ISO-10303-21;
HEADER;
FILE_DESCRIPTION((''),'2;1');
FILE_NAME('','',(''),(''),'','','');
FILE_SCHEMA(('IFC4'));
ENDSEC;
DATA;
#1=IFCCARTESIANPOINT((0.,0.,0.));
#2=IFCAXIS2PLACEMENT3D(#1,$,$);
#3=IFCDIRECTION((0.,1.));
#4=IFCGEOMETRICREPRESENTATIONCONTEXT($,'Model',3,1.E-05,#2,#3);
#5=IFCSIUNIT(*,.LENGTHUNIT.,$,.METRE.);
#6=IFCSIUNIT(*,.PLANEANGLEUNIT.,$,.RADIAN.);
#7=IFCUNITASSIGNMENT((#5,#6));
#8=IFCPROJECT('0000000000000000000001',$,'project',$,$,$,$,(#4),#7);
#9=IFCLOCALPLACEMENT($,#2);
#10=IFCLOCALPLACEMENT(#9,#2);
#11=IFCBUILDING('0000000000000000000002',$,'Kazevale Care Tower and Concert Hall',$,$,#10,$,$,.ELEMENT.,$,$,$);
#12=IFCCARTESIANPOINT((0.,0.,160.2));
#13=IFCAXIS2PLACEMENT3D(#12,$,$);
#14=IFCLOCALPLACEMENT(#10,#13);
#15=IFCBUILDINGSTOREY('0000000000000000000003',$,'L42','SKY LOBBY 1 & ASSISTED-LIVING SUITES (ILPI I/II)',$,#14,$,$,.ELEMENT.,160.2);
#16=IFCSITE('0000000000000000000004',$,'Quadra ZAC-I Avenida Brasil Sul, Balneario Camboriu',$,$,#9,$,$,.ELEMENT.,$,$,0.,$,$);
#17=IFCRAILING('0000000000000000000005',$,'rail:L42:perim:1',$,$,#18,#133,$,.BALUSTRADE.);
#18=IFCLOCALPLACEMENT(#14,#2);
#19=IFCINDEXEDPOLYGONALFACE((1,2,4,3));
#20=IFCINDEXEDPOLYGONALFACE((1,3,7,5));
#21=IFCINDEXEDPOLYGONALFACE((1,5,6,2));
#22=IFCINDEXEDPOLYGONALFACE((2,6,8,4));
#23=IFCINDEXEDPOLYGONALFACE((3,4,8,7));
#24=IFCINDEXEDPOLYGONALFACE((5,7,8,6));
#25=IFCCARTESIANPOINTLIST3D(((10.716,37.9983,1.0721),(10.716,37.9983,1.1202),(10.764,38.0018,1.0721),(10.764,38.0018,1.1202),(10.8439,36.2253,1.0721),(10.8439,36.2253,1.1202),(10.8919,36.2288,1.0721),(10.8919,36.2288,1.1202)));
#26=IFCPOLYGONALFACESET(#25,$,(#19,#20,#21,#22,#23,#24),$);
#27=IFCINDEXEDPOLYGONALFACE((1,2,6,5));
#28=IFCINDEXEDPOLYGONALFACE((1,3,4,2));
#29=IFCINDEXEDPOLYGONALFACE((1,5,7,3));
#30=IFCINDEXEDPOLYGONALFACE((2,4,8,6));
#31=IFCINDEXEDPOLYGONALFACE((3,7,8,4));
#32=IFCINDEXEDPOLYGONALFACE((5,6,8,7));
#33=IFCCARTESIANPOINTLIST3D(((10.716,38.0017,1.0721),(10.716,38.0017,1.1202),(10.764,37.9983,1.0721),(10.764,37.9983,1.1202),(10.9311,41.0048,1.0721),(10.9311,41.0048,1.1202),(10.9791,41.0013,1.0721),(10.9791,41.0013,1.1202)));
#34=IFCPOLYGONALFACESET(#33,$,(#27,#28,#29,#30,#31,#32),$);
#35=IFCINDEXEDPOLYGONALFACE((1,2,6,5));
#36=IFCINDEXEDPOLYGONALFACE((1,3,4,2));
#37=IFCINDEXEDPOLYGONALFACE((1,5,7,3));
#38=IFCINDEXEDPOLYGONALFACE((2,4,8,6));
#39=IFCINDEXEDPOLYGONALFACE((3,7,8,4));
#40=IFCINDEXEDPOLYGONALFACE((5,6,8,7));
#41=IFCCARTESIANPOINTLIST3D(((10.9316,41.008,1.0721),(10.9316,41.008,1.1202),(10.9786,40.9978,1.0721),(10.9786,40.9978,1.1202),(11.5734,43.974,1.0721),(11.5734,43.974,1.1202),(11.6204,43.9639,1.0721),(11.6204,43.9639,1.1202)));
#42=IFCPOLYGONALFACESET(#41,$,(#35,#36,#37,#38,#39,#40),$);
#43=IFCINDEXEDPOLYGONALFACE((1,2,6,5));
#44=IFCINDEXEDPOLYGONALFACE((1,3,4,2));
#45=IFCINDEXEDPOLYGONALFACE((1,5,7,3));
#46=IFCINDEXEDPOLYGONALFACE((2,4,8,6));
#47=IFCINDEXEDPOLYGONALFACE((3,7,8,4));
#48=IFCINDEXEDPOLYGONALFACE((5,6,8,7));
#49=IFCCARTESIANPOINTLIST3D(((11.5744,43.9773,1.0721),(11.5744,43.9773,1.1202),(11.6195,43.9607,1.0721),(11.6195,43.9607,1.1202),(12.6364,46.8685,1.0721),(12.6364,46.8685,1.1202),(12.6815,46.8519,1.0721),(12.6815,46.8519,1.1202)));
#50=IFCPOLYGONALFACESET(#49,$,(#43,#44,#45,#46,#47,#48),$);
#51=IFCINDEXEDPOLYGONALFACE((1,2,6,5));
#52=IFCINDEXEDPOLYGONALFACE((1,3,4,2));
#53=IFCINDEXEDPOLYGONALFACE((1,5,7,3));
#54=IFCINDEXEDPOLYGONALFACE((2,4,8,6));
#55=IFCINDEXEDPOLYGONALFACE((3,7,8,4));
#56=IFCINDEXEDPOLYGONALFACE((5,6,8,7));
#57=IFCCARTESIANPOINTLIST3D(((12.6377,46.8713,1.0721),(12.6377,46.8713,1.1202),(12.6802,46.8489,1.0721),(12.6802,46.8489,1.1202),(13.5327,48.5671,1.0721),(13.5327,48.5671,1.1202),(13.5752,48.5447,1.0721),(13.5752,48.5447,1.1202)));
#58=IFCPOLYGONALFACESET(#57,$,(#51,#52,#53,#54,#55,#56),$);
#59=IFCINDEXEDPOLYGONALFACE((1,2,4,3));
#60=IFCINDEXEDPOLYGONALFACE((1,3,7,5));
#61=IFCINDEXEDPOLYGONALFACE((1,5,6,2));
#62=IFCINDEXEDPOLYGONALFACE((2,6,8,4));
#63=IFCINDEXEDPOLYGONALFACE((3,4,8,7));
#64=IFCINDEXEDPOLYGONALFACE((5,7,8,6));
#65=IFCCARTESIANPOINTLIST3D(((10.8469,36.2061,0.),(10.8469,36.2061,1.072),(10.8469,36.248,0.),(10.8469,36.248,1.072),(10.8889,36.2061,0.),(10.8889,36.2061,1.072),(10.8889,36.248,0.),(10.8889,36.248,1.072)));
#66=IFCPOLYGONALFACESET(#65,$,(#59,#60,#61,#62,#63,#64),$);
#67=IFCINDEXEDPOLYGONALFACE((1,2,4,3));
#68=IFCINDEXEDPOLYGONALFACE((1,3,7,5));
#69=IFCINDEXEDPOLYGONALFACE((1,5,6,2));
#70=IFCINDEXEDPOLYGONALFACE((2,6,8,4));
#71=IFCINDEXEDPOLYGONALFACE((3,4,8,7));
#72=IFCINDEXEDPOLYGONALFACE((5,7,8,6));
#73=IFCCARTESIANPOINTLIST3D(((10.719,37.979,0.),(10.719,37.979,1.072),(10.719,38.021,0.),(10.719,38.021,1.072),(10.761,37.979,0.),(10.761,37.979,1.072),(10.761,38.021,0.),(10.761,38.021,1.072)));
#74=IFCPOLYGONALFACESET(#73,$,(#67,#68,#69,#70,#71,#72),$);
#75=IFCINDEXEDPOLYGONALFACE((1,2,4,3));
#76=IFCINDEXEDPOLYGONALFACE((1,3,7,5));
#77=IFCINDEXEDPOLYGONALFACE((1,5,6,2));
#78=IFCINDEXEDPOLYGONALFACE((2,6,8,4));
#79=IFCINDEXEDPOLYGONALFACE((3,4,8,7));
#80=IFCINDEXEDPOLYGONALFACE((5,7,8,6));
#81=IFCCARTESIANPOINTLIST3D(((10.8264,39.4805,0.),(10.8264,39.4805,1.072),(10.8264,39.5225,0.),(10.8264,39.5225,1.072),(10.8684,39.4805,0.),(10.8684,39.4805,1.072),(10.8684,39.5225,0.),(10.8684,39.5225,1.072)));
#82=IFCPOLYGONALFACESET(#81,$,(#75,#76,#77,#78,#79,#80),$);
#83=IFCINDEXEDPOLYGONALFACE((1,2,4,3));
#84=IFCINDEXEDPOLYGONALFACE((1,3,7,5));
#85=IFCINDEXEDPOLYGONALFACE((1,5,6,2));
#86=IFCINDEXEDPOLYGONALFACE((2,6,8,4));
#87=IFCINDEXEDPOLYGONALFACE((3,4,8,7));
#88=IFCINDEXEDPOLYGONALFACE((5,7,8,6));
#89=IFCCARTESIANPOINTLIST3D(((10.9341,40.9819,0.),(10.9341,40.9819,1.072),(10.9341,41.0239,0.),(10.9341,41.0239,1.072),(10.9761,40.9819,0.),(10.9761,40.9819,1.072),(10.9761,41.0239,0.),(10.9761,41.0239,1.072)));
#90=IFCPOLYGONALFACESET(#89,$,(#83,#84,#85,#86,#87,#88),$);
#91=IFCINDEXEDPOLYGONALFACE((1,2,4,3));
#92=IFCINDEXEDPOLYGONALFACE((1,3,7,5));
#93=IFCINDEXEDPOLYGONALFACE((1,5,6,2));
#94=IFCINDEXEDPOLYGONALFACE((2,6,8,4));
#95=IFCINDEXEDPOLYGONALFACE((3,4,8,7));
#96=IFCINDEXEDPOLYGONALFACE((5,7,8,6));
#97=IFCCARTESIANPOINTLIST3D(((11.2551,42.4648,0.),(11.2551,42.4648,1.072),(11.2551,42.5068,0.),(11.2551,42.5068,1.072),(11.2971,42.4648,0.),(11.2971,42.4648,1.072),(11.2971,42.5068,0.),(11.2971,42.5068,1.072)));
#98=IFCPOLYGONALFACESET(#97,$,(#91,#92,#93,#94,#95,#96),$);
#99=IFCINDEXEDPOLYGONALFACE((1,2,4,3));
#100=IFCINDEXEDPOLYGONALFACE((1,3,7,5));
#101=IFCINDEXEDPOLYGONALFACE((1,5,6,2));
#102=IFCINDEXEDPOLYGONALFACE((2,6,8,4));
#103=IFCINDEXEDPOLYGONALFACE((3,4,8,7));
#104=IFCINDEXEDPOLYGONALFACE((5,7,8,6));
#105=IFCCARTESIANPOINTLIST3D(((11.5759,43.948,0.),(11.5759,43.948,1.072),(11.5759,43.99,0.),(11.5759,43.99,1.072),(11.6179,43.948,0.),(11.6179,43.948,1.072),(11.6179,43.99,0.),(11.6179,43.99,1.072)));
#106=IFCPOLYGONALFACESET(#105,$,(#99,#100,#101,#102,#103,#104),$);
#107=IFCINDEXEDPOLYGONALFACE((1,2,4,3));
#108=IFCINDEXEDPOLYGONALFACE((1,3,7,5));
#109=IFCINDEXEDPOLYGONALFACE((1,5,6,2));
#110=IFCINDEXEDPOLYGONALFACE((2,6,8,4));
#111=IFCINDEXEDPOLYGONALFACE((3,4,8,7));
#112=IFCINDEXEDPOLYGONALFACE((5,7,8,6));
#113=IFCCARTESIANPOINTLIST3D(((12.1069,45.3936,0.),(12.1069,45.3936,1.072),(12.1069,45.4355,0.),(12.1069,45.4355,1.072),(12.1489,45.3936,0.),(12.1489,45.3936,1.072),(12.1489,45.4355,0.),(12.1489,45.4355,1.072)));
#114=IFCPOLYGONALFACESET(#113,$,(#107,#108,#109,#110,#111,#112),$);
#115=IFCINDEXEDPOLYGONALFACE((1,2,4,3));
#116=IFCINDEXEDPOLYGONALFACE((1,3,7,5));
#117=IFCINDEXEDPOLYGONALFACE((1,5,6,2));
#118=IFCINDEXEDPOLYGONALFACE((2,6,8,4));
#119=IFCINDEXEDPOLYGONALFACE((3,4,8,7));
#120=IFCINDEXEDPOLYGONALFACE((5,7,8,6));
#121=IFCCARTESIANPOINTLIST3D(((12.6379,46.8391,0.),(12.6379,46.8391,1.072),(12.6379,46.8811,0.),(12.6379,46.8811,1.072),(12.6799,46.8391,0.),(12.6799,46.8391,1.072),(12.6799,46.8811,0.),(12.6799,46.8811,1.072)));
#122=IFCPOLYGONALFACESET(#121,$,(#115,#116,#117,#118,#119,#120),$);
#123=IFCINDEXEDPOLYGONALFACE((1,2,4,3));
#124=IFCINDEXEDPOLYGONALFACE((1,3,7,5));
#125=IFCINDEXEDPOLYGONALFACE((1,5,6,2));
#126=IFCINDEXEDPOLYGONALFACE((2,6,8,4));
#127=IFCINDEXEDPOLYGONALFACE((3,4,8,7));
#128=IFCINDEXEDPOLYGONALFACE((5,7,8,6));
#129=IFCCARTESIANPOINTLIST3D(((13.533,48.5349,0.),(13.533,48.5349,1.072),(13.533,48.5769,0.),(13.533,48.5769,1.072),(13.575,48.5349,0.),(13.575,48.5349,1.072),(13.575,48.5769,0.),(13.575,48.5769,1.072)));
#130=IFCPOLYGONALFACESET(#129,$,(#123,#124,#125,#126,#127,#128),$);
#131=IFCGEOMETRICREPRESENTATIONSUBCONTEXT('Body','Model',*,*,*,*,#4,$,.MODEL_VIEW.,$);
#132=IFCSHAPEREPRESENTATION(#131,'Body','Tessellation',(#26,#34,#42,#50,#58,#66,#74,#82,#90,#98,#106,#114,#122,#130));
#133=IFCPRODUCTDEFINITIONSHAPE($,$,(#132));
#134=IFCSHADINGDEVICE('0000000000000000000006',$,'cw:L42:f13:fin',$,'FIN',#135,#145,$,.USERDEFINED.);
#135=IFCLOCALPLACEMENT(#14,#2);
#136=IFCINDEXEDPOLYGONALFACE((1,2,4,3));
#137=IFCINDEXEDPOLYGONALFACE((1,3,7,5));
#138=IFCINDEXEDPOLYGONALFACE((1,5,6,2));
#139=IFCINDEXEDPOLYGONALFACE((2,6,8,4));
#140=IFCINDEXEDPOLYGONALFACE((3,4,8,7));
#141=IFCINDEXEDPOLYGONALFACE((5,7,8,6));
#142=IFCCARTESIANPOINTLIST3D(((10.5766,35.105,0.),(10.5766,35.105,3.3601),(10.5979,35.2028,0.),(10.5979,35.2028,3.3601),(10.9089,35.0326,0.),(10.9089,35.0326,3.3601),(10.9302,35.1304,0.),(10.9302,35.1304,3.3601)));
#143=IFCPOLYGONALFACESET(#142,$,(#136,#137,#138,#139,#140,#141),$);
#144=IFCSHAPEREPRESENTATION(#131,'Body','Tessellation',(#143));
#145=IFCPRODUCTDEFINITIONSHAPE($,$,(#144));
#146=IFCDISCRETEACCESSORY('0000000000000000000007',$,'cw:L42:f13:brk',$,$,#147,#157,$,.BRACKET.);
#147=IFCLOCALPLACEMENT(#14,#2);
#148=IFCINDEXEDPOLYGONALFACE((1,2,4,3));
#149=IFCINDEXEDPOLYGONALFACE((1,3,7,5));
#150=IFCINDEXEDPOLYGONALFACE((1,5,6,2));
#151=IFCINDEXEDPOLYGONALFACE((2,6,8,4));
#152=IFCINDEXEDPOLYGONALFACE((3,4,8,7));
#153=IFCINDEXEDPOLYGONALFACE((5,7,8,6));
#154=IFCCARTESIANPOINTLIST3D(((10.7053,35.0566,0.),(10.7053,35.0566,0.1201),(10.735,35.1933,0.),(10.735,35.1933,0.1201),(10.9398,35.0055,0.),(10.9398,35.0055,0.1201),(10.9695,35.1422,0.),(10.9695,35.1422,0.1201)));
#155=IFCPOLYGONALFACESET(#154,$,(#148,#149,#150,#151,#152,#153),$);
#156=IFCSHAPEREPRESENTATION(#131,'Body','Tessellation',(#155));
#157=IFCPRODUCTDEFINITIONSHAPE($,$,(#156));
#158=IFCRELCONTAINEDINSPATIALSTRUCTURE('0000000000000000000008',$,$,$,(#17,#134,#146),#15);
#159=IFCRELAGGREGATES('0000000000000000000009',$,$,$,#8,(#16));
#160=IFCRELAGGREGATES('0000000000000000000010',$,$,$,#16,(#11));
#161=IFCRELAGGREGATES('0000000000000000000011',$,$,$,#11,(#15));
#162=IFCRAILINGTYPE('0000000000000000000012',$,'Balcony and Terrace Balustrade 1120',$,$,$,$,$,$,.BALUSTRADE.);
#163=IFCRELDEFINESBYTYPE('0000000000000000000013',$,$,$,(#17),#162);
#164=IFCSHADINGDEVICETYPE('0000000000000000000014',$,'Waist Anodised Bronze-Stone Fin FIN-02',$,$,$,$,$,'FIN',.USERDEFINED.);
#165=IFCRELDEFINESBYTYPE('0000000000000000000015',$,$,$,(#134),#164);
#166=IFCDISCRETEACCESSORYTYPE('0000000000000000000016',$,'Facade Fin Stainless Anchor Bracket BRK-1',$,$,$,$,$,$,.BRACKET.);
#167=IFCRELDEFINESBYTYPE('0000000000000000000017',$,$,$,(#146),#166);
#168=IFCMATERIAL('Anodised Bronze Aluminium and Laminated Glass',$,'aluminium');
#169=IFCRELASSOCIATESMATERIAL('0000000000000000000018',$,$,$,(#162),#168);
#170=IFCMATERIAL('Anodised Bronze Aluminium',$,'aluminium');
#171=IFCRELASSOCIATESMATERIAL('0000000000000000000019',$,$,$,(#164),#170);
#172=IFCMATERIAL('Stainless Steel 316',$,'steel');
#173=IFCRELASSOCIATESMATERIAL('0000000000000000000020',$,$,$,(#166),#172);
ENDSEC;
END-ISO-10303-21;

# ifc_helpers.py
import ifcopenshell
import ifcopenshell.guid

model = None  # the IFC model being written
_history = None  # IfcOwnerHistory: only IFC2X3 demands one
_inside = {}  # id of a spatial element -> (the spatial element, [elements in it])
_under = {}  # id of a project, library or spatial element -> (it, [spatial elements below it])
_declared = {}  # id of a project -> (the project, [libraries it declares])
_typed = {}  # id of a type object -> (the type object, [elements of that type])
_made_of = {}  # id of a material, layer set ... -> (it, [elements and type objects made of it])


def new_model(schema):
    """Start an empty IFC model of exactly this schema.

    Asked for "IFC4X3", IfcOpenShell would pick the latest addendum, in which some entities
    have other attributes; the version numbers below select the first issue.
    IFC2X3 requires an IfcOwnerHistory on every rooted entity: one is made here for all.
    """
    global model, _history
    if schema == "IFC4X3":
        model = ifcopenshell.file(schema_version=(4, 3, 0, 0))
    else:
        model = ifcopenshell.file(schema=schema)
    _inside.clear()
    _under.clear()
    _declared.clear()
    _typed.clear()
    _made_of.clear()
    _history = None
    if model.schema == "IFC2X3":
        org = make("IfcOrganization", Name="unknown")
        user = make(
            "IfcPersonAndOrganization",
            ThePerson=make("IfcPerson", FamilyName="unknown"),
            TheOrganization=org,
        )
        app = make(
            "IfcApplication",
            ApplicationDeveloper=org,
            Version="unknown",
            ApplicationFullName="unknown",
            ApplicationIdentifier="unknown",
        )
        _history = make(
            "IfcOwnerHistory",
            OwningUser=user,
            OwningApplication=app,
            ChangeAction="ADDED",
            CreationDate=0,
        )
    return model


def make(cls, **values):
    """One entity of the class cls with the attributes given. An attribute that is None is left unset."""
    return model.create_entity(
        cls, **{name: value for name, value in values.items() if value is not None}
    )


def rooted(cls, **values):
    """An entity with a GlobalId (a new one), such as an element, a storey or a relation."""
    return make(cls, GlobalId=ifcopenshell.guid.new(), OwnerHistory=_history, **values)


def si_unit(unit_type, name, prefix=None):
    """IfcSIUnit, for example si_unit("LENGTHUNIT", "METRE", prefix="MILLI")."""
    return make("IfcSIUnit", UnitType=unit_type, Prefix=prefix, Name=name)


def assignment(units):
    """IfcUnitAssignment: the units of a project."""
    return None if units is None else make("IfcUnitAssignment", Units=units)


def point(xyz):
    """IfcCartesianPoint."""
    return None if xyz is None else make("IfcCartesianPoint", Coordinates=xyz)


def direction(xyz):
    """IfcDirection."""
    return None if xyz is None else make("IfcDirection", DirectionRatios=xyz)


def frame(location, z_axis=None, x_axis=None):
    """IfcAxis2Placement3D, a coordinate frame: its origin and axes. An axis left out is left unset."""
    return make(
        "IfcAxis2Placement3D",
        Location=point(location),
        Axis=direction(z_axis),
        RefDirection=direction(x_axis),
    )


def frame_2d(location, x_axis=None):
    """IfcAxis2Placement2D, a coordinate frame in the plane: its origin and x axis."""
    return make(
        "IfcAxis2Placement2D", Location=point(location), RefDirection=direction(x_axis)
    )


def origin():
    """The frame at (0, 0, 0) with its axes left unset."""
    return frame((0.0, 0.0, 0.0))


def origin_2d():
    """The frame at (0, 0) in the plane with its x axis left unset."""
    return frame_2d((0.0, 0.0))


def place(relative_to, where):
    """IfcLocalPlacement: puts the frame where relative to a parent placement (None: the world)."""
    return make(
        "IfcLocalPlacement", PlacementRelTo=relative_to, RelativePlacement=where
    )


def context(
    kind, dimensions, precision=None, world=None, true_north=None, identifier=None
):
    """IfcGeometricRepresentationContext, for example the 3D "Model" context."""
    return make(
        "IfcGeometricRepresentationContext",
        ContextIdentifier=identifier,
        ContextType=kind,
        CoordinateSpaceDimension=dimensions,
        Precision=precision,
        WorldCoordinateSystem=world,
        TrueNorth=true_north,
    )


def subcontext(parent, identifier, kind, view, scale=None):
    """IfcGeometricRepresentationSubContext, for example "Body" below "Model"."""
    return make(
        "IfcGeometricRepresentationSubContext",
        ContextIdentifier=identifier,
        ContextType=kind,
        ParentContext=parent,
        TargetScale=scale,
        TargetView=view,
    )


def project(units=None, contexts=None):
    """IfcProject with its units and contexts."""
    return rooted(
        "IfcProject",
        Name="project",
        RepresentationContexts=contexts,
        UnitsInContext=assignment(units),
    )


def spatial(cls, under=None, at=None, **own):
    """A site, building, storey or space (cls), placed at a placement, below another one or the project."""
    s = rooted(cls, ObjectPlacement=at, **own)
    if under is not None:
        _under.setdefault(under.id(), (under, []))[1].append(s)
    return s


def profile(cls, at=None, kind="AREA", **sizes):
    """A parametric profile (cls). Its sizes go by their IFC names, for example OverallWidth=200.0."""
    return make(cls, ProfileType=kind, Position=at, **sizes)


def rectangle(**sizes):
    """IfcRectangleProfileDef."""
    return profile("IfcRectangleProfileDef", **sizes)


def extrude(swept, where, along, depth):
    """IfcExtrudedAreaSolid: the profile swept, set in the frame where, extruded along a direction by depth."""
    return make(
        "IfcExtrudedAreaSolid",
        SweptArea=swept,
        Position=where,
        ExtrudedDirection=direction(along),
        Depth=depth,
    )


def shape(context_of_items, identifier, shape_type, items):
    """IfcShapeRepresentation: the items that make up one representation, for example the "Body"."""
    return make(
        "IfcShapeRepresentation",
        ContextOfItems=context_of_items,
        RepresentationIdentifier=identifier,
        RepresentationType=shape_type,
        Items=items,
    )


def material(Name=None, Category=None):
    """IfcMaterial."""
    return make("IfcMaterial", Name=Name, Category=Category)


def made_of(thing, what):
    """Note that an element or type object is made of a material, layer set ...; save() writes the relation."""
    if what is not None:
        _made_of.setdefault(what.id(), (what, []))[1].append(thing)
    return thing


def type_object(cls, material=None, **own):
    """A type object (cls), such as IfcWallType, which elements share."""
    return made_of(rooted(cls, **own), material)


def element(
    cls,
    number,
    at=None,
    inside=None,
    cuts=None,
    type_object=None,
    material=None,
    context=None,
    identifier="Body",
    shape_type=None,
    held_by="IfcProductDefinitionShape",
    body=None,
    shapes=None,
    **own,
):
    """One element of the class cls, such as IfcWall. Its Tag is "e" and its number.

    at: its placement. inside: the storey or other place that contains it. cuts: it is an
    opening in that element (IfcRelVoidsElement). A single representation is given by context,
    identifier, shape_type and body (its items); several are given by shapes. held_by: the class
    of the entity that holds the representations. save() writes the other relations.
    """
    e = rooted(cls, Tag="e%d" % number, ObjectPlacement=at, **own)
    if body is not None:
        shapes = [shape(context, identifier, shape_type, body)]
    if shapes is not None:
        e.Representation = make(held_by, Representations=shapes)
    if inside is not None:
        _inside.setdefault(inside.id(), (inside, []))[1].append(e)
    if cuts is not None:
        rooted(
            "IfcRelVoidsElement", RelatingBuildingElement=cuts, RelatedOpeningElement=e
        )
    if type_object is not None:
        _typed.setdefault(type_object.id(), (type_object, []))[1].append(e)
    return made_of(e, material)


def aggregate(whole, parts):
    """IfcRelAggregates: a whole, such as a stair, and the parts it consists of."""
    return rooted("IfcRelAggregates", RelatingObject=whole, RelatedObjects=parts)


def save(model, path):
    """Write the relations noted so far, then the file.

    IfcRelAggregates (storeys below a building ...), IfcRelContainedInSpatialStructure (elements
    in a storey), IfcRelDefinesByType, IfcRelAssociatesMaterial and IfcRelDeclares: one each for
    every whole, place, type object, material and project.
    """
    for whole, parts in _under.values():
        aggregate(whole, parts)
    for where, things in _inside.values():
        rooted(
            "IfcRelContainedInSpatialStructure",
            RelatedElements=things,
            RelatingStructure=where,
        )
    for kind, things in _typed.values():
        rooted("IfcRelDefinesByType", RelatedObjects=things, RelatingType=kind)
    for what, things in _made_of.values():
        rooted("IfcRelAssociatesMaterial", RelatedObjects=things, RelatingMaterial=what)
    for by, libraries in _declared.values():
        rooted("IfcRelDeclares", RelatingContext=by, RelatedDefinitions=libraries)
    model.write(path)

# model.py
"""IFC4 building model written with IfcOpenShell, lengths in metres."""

from ifc_helpers import new_model, si_unit, direction, frame, origin, origin_2d, place, context, subcontext, project, spatial, rectangle, extrude, material, type_object, element, save


model = new_model("IFC4")

# Units and contexts
model_context = context("Model", 3, precision=1e-05, world=origin(), true_north=direction((0.0, 1.0)))
body_context = subcontext(model_context, "Body", "Model", "MODEL_VIEW")
ifc_project = project(units=[si_unit("LENGTHUNIT", "METRE"), si_unit("PLANEANGLEUNIT", "RADIAN")], contexts=[model_context])

# Site, building, storey
site_placement = place(None, origin())
site = spatial("IfcSite", under=ifc_project, at=site_placement, Name="Quadra ZAC-I Avenida Brasil Sul, Balneario Camboriu", CompositionType="ELEMENT", RefElevation=0.0)
building_placement = place(site_placement, origin())
building = spatial("IfcBuilding", under=site, at=building_placement, Name="Kazevale Care Tower and Concert Hall", CompositionType="ELEMENT")
storey_placement = place(building_placement, frame((0.0, 0.0, 160.2)))
storey = spatial("IfcBuildingStorey", under=building, at=storey_placement, Name="L42", Description="SKY LOBBY 1 & ASSISTED-LIVING SUITES (ILPI I/II)", CompositionType="ELEMENT", Elevation=160.2)

# Shared definitions
ifc_material_1 = material(Name="Stainless Steel 316", Category="steel")

# Railing
ifc_material_2 = material(Name="Anodised Bronze Aluminium and Laminated Glass", Category="aluminium")
railing_type = type_object("IfcRailingType", Name="Balcony and Terrace Balustrade 1120", PredefinedType="BALUSTRADE", material=ifc_material_2)
railing_placement = place(storey_placement, frame((10.8679, 36.2271, 0.0)))
element("IfcRailing", 1, at=railing_placement, inside=storey, type_object=railing_type, Name="rail:L42:perim:1", PredefinedType="BALUSTRADE", context=body_context, shape_type="SweptSolid", body=[
    extrude(rectangle(XDim=0.0481, YDim=0.0481, at=origin_2d()), frame((0.0, 0.0, 1.0962), z_axis=(-0.071969, 0.997407, 0.0), x_axis=(-0.997407, -0.071969, 0.0)), (0.0, 0.0, 1.0), 1.7776),
    extrude(rectangle(XDim=0.0481, YDim=0.0481, at=origin_2d()), frame((-0.1279, 1.7729, 1.0962), z_axis=(0.071443, 0.997445, 0.0), x_axis=(-0.997445, 0.071443, 0.0)), (0.0, 0.0, 1.0), 3.0107),
    extrude(rectangle(XDim=0.0481, YDim=0.0481, at=origin_2d()), frame((0.0872, 4.7759, 1.0962), z_axis=(0.211501, 0.977378, 0.0), x_axis=(-0.977378, 0.211501, 0.0)), (0.0, 0.0, 1.0), 3.0347),
    extrude(rectangle(XDim=0.0481, YDim=0.0481, at=origin_2d()), frame((0.729, 7.7419, 1.0962), z_axis=(0.344809, 0.938673, 0.0), x_axis=(-0.938673, 0.344809, 0.0)), (0.0, 0.0, 1.0), 3.0801),
    extrude(rectangle(XDim=0.0481, YDim=0.0481, at=origin_2d()), frame((1.791, 10.6331, 1.0962), z_axis=(0.466764, 0.884382, 0.0), x_axis=(-0.884382, 0.466764, 0.0)), (0.0, 0.0, 1.0), 1.9175),
    extrude(rectangle(XDim=0.042, YDim=0.042, at=origin_2d()), origin(), (0.0, 0.0, 1.0), 1.072),
    extrude(rectangle(XDim=0.042, YDim=0.042, at=origin_2d()), frame((-0.1279, 1.7729, 0.0)), (0.0, 0.0, 1.0), 1.072),
    extrude(rectangle(XDim=0.042, YDim=0.042, at=origin_2d()), frame((-0.0205, 3.2744, 0.0)), (0.0, 0.0, 1.0), 1.072),
    extrude(rectangle(XDim=0.042, YDim=0.042, at=origin_2d()), frame((0.0872, 4.7759, 0.0)), (0.0, 0.0, 1.0), 1.072),
    extrude(rectangle(XDim=0.042, YDim=0.042, at=origin_2d()), frame((0.4082, 6.2588, 0.0)), (0.0, 0.0, 1.0), 1.072),
    extrude(rectangle(XDim=0.042, YDim=0.042, at=origin_2d()), frame((0.729, 7.7419, 0.0)), (0.0, 0.0, 1.0), 1.072),
    extrude(rectangle(XDim=0.042, YDim=0.042, at=origin_2d()), frame((1.26, 9.1875, 0.0)), (0.0, 0.0, 1.0), 1.072),
    extrude(rectangle(XDim=0.042, YDim=0.042, at=origin_2d()), frame((1.791, 10.6331, 0.0)), (0.0, 0.0, 1.0), 1.072),
    extrude(rectangle(XDim=0.042, YDim=0.042, at=origin_2d()), frame((2.686, 12.3289, 0.0)), (0.0, 0.0, 1.0), 1.072),
])

# Shading device
ifc_material_3 = material(Name="Anodised Bronze Aluminium", Category="aluminium")
shading_device_type = type_object("IfcShadingDeviceType", Name="Waist Anodised Bronze-Stone Fin FIN-02", ElementType="FIN", PredefinedType="USERDEFINED", material=ifc_material_3)
shading_device_placement = place(storey_placement, frame((10.7534, 35.1177, 0.0), z_axis=(0.0, 0.0, 1.0), x_axis=(-0.977083, 0.21286, 0.0)))
element("IfcShadingDevice", 2, at=shading_device_placement, inside=storey, type_object=shading_device_type, Name="cw:L42:f13:fin", ObjectType="FIN", PredefinedType="USERDEFINED", context=body_context, shape_type="SweptSolid", body=[
    extrude(rectangle(XDim=0.3401, YDim=0.1001, at=origin_2d()), origin(), (0.0, 0.0, 1.0), 3.3601),
])

# Discrete accessory
discrete_accessory_type = type_object("IfcDiscreteAccessoryType", Name="Facade Fin Stainless Anchor Bracket BRK-1", PredefinedType="BRACKET", material=ifc_material_1)
discrete_accessory_placement = place(storey_placement, frame((10.8374, 35.0994, 0.0), z_axis=(0.0, 0.0, 1.0), x_axis=(-0.977083, 0.21286, 0.0)))
element("IfcDiscreteAccessory", 3, at=discrete_accessory_placement, inside=storey, type_object=discrete_accessory_type, Name="cw:L42:f13:brk", PredefinedType="BRACKET", context=body_context, shape_type="SweptSolid", body=[
    extrude(rectangle(XDim=0.24, YDim=0.1399, at=origin_2d()), origin(), (0.0, 0.0, 1.0), 0.1201),
])

save(model, "model.ifc")
